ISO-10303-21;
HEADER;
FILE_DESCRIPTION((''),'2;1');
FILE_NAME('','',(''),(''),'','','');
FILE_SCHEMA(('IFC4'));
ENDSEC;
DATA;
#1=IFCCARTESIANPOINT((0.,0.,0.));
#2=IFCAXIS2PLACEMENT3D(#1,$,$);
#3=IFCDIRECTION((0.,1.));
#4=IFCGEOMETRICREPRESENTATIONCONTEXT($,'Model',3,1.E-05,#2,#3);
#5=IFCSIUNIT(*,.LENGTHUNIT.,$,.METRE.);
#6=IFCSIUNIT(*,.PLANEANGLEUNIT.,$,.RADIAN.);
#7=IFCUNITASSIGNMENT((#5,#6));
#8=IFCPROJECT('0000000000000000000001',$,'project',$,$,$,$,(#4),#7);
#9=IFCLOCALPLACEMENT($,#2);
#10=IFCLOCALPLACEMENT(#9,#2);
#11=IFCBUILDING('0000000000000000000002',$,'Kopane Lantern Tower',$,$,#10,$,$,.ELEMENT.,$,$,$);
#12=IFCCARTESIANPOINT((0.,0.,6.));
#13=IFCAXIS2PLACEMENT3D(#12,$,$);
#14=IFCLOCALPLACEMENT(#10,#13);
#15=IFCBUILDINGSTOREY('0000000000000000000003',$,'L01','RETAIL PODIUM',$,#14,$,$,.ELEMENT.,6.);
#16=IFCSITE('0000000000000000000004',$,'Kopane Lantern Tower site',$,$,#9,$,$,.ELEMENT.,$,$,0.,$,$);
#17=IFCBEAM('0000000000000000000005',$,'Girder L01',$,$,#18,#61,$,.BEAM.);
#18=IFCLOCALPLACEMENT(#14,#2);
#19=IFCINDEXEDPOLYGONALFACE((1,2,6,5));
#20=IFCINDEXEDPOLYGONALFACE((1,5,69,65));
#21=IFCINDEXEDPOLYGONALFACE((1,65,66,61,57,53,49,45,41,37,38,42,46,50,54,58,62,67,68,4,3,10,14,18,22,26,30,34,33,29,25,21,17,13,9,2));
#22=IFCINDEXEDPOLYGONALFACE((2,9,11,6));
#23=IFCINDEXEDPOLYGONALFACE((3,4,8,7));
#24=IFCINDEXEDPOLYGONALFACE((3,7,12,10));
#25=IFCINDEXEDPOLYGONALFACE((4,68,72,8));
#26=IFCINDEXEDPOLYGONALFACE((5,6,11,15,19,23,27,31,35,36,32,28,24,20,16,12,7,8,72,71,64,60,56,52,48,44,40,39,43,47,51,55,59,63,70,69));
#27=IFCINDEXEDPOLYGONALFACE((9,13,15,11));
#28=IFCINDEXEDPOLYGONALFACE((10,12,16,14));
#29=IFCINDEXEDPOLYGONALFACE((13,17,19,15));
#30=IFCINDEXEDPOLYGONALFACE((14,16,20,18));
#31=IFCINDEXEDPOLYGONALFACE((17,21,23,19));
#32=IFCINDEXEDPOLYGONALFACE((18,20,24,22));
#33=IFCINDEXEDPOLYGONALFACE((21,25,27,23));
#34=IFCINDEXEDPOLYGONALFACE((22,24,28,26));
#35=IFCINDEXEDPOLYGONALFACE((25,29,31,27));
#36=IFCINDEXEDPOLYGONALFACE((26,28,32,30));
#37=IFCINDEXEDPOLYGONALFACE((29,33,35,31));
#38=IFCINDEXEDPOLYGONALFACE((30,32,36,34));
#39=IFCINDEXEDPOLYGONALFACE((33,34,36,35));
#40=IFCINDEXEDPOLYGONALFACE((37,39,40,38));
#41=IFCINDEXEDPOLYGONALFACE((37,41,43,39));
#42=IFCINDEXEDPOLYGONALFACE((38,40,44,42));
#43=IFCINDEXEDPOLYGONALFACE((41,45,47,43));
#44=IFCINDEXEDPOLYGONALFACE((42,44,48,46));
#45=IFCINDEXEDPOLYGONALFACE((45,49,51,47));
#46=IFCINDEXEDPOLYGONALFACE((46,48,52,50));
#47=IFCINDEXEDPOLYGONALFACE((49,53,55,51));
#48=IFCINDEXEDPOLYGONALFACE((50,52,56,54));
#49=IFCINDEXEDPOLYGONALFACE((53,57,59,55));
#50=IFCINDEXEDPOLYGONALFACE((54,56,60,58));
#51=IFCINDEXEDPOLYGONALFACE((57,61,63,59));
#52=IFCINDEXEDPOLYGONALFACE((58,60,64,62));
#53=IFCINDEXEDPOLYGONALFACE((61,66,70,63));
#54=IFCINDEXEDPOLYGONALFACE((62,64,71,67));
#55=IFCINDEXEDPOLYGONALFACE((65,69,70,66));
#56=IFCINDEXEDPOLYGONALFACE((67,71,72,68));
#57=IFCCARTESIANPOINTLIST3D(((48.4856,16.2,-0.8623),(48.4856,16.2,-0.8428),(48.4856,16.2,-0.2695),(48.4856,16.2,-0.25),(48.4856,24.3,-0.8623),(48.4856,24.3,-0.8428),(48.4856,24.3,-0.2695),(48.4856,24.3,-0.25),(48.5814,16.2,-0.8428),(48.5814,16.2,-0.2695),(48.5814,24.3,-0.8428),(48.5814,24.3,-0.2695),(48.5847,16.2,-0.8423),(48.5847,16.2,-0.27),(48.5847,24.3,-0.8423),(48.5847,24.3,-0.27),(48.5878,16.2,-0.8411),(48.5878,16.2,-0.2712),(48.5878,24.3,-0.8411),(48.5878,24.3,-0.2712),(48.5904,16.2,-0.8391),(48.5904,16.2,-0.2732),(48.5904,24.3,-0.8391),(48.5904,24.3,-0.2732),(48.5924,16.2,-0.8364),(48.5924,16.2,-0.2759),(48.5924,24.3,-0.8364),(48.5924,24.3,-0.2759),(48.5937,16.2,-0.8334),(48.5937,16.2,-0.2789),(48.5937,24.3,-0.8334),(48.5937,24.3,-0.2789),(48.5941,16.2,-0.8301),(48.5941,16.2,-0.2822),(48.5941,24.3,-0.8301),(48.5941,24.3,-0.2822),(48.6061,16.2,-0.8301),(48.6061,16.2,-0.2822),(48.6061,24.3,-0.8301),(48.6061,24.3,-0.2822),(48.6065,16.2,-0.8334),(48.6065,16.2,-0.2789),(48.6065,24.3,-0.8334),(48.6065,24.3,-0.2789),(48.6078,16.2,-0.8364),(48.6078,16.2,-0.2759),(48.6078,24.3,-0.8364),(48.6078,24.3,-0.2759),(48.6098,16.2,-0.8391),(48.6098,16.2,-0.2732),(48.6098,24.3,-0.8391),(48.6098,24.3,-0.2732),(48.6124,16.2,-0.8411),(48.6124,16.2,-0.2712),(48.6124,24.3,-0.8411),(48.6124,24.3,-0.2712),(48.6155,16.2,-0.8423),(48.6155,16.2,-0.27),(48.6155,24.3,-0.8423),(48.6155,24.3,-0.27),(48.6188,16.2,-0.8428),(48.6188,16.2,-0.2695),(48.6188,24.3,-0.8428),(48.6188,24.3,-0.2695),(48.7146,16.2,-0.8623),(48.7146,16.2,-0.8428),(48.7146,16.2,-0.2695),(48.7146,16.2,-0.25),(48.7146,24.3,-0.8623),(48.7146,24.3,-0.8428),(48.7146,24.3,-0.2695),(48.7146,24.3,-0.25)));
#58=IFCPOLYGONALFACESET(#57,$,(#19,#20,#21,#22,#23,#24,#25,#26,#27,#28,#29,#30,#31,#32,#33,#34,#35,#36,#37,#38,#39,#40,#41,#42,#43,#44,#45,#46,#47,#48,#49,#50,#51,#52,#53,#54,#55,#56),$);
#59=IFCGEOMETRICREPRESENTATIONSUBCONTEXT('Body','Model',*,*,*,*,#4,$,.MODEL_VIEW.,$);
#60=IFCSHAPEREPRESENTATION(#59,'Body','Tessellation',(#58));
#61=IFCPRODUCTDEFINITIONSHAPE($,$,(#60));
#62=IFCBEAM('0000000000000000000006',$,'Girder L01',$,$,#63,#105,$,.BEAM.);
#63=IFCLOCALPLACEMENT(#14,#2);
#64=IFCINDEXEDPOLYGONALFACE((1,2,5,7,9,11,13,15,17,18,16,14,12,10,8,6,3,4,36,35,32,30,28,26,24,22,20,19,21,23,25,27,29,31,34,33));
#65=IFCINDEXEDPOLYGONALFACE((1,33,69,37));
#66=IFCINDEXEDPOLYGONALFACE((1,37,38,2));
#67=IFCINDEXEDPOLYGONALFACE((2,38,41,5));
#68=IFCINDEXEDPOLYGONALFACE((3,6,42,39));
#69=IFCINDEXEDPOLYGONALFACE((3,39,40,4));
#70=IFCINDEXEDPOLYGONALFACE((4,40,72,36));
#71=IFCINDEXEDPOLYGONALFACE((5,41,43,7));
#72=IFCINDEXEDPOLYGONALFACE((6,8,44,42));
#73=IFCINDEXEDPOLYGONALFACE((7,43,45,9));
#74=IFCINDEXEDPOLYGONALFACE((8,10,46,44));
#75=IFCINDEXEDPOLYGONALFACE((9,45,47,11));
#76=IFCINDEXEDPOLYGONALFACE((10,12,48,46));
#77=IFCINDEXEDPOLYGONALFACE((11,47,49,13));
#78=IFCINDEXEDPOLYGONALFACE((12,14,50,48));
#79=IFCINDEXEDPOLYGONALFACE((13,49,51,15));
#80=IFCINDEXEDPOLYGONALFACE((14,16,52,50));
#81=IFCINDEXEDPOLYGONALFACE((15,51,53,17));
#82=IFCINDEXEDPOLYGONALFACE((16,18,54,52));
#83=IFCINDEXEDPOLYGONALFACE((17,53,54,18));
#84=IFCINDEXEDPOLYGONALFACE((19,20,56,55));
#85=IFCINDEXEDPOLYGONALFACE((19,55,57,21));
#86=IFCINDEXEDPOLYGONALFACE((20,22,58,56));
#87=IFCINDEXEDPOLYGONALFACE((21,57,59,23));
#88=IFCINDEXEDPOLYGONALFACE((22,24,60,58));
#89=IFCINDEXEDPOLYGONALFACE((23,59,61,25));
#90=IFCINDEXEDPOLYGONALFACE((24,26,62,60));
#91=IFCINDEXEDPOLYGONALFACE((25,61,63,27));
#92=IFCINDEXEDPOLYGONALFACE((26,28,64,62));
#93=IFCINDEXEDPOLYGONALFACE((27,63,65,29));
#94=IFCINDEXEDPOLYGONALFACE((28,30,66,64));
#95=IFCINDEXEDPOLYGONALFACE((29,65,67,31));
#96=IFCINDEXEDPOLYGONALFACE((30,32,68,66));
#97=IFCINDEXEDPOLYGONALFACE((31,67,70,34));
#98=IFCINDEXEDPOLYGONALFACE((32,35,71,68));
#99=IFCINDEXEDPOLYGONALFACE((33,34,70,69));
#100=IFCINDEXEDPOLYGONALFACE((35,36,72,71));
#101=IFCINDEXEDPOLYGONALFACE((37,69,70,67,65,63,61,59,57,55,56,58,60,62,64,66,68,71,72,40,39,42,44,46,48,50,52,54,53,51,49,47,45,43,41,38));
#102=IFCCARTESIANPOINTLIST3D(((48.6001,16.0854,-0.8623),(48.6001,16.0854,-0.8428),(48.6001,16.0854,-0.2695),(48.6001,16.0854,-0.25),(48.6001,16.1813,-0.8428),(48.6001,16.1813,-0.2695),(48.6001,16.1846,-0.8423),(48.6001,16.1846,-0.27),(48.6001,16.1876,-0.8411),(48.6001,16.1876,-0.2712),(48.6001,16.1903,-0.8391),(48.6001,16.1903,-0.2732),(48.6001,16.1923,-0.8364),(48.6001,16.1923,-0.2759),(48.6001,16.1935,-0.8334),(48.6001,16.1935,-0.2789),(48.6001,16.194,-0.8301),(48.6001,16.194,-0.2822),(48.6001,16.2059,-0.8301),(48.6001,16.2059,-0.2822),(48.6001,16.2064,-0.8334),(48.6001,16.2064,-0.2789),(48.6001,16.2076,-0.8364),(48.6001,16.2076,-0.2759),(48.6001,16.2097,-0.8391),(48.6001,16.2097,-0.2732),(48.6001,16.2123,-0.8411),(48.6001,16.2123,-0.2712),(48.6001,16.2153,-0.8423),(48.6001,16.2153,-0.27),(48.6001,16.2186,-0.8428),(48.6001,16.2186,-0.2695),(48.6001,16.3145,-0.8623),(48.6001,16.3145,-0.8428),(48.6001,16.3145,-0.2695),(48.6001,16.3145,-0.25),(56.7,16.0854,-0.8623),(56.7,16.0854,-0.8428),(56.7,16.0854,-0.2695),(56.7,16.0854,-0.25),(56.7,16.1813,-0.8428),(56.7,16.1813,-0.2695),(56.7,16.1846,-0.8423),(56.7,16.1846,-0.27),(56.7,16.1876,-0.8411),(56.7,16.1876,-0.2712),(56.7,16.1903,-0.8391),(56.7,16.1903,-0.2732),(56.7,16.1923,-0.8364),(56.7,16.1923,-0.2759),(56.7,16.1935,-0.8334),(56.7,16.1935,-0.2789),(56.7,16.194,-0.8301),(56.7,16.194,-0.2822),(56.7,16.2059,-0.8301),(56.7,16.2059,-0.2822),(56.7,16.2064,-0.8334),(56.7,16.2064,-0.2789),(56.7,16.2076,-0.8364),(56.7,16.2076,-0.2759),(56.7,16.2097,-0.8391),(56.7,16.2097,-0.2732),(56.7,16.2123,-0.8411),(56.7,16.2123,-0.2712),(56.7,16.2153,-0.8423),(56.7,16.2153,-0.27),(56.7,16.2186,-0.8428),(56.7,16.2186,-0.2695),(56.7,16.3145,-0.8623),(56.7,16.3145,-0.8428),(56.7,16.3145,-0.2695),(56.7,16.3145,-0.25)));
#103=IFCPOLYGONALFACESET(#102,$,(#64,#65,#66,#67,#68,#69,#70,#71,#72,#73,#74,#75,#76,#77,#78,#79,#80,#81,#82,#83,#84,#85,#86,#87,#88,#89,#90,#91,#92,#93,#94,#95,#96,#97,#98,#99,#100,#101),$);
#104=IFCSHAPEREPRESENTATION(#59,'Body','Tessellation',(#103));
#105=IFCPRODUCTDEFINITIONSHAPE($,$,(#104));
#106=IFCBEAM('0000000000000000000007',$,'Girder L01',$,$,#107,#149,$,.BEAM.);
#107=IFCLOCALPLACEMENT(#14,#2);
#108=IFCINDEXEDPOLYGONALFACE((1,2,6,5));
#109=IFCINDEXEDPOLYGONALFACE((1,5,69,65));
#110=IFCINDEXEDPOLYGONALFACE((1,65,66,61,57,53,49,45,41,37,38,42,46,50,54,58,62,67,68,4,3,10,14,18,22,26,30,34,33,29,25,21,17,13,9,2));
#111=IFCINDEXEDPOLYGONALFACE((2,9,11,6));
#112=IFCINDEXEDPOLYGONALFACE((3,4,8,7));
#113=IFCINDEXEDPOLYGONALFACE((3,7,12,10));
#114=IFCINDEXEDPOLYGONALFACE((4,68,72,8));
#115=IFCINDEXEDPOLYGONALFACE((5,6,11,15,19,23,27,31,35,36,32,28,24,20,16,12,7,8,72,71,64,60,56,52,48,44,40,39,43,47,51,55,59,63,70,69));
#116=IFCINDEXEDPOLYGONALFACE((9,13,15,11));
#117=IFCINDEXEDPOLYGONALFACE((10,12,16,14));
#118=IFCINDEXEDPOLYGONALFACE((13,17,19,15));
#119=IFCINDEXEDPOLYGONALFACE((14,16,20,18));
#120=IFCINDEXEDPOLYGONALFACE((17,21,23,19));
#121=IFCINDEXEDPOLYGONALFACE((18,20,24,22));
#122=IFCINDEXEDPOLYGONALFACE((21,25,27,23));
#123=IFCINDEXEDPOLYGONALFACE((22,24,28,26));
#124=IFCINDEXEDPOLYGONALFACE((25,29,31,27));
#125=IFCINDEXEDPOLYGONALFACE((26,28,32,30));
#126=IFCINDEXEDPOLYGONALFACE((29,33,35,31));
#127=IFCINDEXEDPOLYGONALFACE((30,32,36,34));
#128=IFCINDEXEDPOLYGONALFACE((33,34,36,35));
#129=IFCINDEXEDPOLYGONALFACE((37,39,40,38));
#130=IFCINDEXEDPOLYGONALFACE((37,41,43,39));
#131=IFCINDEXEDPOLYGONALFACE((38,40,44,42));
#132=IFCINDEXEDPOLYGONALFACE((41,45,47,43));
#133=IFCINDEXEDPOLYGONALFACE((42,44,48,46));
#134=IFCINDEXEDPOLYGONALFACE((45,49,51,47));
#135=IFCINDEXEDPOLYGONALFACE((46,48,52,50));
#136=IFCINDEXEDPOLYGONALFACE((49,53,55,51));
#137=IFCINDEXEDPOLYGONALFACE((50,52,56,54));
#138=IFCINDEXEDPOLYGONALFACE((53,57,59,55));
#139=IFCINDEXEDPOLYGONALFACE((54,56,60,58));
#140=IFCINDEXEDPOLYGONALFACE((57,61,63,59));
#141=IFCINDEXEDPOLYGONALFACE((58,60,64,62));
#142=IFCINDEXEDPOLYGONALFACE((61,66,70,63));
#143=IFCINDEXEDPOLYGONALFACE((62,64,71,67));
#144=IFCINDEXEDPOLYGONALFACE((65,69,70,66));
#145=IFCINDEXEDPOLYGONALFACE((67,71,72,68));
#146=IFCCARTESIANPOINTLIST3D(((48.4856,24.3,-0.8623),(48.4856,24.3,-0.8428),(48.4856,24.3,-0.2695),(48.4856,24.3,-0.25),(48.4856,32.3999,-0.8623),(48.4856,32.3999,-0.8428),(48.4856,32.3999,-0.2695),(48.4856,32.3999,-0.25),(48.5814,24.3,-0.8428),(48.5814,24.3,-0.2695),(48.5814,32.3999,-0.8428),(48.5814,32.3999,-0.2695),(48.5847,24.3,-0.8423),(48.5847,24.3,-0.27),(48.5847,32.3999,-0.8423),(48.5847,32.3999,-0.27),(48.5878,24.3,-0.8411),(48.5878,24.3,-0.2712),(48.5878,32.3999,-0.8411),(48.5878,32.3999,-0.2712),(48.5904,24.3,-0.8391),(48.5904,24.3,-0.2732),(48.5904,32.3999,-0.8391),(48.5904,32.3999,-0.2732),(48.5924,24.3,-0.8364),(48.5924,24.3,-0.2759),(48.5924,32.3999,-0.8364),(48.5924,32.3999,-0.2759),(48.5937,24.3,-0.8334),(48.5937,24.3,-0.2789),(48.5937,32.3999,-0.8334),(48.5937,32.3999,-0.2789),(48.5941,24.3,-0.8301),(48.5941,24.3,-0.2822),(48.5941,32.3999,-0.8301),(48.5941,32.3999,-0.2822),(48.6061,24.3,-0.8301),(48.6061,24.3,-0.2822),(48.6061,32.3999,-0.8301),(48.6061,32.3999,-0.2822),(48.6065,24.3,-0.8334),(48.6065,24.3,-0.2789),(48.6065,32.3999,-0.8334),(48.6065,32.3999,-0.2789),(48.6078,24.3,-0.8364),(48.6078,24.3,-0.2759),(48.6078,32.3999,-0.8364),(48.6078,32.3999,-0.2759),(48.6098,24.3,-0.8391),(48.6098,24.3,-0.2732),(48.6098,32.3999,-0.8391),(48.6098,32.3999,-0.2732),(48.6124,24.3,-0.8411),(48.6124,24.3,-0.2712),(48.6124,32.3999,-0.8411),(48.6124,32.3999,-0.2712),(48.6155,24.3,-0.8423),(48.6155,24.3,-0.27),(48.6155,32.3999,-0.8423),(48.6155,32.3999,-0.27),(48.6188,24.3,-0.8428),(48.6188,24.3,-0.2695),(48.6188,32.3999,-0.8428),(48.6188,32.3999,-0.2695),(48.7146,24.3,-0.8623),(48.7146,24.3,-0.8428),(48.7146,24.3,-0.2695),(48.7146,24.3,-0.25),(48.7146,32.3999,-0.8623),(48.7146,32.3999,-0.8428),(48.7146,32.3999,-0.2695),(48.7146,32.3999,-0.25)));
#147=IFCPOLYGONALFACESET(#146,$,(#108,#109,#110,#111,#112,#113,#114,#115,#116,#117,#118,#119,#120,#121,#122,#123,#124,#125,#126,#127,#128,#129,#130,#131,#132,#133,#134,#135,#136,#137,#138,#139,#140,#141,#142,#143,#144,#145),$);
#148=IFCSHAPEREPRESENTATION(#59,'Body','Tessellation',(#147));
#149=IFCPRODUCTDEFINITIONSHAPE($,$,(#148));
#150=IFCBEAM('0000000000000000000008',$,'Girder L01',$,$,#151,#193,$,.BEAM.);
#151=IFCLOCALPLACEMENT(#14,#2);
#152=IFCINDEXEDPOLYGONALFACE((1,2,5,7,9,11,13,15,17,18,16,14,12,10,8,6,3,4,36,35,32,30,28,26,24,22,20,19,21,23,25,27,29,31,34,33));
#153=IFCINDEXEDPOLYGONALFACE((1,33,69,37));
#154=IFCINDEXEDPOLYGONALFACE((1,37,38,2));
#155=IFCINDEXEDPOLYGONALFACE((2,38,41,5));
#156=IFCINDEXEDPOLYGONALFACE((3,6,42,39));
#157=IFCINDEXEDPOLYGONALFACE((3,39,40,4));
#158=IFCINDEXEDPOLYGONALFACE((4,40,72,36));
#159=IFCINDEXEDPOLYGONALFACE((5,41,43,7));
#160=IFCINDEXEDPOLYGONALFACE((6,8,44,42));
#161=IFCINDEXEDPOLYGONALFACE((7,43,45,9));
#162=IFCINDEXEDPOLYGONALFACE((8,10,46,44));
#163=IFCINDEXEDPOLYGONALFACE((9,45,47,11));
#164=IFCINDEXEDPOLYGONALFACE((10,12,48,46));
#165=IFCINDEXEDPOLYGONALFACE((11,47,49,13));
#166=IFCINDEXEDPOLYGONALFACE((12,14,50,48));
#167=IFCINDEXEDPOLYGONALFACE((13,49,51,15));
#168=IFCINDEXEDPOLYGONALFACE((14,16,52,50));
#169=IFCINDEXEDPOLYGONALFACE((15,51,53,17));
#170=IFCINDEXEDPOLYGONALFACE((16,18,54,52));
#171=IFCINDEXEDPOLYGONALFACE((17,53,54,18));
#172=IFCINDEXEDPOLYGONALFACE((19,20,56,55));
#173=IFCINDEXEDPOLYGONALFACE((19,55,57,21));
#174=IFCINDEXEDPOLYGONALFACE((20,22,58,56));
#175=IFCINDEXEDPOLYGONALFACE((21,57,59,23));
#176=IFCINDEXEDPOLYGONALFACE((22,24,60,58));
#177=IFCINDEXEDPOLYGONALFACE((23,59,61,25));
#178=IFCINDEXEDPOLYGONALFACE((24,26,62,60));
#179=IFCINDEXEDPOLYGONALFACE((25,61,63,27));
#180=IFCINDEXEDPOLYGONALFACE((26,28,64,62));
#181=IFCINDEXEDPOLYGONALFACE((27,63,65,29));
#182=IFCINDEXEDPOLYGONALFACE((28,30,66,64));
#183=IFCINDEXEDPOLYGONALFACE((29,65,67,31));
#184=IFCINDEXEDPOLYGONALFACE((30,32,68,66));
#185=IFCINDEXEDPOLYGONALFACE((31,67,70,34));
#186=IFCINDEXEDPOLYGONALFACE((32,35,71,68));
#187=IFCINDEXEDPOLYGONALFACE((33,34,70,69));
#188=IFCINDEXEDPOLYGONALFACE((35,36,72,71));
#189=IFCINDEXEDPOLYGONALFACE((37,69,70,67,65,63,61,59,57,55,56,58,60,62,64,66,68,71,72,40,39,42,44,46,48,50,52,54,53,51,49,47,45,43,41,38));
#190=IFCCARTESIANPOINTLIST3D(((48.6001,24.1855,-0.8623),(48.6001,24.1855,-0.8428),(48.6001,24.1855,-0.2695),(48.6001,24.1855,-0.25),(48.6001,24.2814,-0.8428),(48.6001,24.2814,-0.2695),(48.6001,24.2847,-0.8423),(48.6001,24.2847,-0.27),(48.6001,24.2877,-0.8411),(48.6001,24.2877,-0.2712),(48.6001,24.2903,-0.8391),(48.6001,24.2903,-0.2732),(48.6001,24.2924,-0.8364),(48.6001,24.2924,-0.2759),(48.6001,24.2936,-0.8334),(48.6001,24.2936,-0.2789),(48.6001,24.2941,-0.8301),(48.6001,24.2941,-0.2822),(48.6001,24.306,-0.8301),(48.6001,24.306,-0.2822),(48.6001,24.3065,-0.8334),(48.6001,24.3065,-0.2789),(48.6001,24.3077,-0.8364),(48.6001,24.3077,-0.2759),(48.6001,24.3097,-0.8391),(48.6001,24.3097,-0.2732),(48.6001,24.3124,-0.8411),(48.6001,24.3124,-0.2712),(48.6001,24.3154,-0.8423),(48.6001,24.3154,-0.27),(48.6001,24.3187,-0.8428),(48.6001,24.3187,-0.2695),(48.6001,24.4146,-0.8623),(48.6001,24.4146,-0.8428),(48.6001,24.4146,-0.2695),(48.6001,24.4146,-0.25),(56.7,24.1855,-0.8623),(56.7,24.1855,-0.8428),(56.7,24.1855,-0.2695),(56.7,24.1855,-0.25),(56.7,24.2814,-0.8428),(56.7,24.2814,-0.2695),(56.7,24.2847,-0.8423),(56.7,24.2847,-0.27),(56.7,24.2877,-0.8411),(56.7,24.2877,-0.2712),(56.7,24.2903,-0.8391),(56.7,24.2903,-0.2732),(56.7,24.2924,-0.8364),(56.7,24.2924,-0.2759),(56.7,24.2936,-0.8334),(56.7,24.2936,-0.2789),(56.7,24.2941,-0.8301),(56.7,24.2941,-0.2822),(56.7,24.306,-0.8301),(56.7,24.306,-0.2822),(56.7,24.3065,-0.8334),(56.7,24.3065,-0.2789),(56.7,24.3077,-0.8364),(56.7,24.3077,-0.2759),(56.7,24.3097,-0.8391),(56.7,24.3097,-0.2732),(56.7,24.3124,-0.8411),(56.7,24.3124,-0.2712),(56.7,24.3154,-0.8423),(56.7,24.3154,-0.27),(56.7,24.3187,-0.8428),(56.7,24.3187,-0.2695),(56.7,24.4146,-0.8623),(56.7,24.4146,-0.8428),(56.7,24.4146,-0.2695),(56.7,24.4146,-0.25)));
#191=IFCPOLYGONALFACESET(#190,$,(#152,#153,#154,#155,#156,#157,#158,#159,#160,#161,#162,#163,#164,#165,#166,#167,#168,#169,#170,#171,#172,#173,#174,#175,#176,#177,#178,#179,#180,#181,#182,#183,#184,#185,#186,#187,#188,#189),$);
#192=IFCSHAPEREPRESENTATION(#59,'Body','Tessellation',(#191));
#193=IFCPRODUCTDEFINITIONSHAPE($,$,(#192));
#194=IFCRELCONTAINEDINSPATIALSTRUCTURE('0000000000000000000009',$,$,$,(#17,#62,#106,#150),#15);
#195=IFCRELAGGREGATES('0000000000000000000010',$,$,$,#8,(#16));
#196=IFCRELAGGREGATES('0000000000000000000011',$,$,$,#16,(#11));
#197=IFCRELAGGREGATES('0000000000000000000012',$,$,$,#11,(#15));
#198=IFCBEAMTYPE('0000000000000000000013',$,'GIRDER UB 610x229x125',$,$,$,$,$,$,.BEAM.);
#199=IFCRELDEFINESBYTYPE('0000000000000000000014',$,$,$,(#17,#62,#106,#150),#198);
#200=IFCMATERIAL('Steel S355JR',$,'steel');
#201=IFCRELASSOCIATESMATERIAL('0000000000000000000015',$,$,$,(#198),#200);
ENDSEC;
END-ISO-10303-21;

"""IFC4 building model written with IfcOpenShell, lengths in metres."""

from ifc_helpers import new_model, si_unit, direction, frame, origin, origin_2d, place, context, subcontext, project, spatial, i_section, extrude, material, material_profile, profile_set, type_object, element, save


model = new_model("IFC4")

# Units and contexts
model_context = context("Model", 3, precision=1e-05, world=origin(), true_north=direction((0.0, 1.0)))
body_context = subcontext(model_context, "Body", "Model", "MODEL_VIEW")
ifc_project = project(units=[si_unit("LENGTHUNIT", "METRE"), si_unit("PLANEANGLEUNIT", "RADIAN")], contexts=[model_context])

# Site, building, storey
site_placement = place(None, origin())
site = spatial("IfcSite", under=ifc_project, at=site_placement, Name="Kopane Lantern Tower site", CompositionType="ELEMENT", RefElevation=0.0)
building_placement = place(site_placement, origin())
building = spatial("IfcBuilding", under=site, at=building_placement, Name="Kopane Lantern Tower", CompositionType="ELEMENT")
storey_placement = place(building_placement, frame((0.0, 0.0, 6.0)))
storey = spatial("IfcBuildingStorey", under=building, at=storey_placement, Name="L01", Description="RETAIL PODIUM", CompositionType="ELEMENT", Elevation=6.0)

# Beams
ifc_material_1 = material(Name="Steel S355JR", Category="steel")
ifc_material_profile_1 = material_profile(ifc_material_1, i_section(OverallWidth=0.229, OverallDepth=0.6123, WebThickness=0.012, FlangeThickness=0.0195, FilletRadius=0.0127, at=origin_2d()), Name="UB 610x229x125")
ifc_profile_set_1 = profile_set([ifc_material_profile_1], Name="Steel S355JR")
beam_type = type_object("IfcBeamType", Name="GIRDER UB 610x229x125", PredefinedType="BEAM", material=ifc_profile_set_1)
beam_1_placement = place(storey_placement, frame((48.6001, 16.2, -0.5562), z_axis=(0.0, 1.0, 0.0), x_axis=(-1.0, 0.0, 0.0)))
element("IfcBeam", 1, at=beam_1_placement, inside=storey, type_object=beam_type, Name="Girder L01", PredefinedType="BEAM", context=body_context, shape_type="SweptSolid", body=[
    extrude(i_section(OverallWidth=0.229, OverallDepth=0.6123, WebThickness=0.012, FlangeThickness=0.0195, FilletRadius=0.0127, at=origin_2d()), origin(), (0.0, 0.0, 1.0), 8.1001),
])
for number, where, z_axis, x_axis, name in (
    (2, (48.6001, 16.2, -0.5562), (1.0, 0.0, 0.0), (0.0, 1.0, 0.0), "Girder L01"),
    (3, (48.6001, 24.3, -0.5562), (0.0, 1.0, 0.0), (-1.0, 0.0, 0.0), "Girder L01"),
    (4, (48.6001, 24.3, -0.5562), (1.0, 0.0, 0.0), (0.0, 1.0, 0.0), "Girder L01"),
):
    element("IfcBeam", number, at=place(storey_placement, frame(where, z_axis=z_axis, x_axis=x_axis)), inside=storey, type_object=beam_type, Name=name, PredefinedType="BEAM", context=body_context, shape_type="SweptSolid", body=[
        extrude(i_section(OverallWidth=0.229, OverallDepth=0.6123, WebThickness=0.012, FlangeThickness=0.0195, FilletRadius=0.0127, at=origin_2d()), origin(), (0.0, 0.0, 1.0), 8.0999),
    ])

save(model, "model.ifc")
